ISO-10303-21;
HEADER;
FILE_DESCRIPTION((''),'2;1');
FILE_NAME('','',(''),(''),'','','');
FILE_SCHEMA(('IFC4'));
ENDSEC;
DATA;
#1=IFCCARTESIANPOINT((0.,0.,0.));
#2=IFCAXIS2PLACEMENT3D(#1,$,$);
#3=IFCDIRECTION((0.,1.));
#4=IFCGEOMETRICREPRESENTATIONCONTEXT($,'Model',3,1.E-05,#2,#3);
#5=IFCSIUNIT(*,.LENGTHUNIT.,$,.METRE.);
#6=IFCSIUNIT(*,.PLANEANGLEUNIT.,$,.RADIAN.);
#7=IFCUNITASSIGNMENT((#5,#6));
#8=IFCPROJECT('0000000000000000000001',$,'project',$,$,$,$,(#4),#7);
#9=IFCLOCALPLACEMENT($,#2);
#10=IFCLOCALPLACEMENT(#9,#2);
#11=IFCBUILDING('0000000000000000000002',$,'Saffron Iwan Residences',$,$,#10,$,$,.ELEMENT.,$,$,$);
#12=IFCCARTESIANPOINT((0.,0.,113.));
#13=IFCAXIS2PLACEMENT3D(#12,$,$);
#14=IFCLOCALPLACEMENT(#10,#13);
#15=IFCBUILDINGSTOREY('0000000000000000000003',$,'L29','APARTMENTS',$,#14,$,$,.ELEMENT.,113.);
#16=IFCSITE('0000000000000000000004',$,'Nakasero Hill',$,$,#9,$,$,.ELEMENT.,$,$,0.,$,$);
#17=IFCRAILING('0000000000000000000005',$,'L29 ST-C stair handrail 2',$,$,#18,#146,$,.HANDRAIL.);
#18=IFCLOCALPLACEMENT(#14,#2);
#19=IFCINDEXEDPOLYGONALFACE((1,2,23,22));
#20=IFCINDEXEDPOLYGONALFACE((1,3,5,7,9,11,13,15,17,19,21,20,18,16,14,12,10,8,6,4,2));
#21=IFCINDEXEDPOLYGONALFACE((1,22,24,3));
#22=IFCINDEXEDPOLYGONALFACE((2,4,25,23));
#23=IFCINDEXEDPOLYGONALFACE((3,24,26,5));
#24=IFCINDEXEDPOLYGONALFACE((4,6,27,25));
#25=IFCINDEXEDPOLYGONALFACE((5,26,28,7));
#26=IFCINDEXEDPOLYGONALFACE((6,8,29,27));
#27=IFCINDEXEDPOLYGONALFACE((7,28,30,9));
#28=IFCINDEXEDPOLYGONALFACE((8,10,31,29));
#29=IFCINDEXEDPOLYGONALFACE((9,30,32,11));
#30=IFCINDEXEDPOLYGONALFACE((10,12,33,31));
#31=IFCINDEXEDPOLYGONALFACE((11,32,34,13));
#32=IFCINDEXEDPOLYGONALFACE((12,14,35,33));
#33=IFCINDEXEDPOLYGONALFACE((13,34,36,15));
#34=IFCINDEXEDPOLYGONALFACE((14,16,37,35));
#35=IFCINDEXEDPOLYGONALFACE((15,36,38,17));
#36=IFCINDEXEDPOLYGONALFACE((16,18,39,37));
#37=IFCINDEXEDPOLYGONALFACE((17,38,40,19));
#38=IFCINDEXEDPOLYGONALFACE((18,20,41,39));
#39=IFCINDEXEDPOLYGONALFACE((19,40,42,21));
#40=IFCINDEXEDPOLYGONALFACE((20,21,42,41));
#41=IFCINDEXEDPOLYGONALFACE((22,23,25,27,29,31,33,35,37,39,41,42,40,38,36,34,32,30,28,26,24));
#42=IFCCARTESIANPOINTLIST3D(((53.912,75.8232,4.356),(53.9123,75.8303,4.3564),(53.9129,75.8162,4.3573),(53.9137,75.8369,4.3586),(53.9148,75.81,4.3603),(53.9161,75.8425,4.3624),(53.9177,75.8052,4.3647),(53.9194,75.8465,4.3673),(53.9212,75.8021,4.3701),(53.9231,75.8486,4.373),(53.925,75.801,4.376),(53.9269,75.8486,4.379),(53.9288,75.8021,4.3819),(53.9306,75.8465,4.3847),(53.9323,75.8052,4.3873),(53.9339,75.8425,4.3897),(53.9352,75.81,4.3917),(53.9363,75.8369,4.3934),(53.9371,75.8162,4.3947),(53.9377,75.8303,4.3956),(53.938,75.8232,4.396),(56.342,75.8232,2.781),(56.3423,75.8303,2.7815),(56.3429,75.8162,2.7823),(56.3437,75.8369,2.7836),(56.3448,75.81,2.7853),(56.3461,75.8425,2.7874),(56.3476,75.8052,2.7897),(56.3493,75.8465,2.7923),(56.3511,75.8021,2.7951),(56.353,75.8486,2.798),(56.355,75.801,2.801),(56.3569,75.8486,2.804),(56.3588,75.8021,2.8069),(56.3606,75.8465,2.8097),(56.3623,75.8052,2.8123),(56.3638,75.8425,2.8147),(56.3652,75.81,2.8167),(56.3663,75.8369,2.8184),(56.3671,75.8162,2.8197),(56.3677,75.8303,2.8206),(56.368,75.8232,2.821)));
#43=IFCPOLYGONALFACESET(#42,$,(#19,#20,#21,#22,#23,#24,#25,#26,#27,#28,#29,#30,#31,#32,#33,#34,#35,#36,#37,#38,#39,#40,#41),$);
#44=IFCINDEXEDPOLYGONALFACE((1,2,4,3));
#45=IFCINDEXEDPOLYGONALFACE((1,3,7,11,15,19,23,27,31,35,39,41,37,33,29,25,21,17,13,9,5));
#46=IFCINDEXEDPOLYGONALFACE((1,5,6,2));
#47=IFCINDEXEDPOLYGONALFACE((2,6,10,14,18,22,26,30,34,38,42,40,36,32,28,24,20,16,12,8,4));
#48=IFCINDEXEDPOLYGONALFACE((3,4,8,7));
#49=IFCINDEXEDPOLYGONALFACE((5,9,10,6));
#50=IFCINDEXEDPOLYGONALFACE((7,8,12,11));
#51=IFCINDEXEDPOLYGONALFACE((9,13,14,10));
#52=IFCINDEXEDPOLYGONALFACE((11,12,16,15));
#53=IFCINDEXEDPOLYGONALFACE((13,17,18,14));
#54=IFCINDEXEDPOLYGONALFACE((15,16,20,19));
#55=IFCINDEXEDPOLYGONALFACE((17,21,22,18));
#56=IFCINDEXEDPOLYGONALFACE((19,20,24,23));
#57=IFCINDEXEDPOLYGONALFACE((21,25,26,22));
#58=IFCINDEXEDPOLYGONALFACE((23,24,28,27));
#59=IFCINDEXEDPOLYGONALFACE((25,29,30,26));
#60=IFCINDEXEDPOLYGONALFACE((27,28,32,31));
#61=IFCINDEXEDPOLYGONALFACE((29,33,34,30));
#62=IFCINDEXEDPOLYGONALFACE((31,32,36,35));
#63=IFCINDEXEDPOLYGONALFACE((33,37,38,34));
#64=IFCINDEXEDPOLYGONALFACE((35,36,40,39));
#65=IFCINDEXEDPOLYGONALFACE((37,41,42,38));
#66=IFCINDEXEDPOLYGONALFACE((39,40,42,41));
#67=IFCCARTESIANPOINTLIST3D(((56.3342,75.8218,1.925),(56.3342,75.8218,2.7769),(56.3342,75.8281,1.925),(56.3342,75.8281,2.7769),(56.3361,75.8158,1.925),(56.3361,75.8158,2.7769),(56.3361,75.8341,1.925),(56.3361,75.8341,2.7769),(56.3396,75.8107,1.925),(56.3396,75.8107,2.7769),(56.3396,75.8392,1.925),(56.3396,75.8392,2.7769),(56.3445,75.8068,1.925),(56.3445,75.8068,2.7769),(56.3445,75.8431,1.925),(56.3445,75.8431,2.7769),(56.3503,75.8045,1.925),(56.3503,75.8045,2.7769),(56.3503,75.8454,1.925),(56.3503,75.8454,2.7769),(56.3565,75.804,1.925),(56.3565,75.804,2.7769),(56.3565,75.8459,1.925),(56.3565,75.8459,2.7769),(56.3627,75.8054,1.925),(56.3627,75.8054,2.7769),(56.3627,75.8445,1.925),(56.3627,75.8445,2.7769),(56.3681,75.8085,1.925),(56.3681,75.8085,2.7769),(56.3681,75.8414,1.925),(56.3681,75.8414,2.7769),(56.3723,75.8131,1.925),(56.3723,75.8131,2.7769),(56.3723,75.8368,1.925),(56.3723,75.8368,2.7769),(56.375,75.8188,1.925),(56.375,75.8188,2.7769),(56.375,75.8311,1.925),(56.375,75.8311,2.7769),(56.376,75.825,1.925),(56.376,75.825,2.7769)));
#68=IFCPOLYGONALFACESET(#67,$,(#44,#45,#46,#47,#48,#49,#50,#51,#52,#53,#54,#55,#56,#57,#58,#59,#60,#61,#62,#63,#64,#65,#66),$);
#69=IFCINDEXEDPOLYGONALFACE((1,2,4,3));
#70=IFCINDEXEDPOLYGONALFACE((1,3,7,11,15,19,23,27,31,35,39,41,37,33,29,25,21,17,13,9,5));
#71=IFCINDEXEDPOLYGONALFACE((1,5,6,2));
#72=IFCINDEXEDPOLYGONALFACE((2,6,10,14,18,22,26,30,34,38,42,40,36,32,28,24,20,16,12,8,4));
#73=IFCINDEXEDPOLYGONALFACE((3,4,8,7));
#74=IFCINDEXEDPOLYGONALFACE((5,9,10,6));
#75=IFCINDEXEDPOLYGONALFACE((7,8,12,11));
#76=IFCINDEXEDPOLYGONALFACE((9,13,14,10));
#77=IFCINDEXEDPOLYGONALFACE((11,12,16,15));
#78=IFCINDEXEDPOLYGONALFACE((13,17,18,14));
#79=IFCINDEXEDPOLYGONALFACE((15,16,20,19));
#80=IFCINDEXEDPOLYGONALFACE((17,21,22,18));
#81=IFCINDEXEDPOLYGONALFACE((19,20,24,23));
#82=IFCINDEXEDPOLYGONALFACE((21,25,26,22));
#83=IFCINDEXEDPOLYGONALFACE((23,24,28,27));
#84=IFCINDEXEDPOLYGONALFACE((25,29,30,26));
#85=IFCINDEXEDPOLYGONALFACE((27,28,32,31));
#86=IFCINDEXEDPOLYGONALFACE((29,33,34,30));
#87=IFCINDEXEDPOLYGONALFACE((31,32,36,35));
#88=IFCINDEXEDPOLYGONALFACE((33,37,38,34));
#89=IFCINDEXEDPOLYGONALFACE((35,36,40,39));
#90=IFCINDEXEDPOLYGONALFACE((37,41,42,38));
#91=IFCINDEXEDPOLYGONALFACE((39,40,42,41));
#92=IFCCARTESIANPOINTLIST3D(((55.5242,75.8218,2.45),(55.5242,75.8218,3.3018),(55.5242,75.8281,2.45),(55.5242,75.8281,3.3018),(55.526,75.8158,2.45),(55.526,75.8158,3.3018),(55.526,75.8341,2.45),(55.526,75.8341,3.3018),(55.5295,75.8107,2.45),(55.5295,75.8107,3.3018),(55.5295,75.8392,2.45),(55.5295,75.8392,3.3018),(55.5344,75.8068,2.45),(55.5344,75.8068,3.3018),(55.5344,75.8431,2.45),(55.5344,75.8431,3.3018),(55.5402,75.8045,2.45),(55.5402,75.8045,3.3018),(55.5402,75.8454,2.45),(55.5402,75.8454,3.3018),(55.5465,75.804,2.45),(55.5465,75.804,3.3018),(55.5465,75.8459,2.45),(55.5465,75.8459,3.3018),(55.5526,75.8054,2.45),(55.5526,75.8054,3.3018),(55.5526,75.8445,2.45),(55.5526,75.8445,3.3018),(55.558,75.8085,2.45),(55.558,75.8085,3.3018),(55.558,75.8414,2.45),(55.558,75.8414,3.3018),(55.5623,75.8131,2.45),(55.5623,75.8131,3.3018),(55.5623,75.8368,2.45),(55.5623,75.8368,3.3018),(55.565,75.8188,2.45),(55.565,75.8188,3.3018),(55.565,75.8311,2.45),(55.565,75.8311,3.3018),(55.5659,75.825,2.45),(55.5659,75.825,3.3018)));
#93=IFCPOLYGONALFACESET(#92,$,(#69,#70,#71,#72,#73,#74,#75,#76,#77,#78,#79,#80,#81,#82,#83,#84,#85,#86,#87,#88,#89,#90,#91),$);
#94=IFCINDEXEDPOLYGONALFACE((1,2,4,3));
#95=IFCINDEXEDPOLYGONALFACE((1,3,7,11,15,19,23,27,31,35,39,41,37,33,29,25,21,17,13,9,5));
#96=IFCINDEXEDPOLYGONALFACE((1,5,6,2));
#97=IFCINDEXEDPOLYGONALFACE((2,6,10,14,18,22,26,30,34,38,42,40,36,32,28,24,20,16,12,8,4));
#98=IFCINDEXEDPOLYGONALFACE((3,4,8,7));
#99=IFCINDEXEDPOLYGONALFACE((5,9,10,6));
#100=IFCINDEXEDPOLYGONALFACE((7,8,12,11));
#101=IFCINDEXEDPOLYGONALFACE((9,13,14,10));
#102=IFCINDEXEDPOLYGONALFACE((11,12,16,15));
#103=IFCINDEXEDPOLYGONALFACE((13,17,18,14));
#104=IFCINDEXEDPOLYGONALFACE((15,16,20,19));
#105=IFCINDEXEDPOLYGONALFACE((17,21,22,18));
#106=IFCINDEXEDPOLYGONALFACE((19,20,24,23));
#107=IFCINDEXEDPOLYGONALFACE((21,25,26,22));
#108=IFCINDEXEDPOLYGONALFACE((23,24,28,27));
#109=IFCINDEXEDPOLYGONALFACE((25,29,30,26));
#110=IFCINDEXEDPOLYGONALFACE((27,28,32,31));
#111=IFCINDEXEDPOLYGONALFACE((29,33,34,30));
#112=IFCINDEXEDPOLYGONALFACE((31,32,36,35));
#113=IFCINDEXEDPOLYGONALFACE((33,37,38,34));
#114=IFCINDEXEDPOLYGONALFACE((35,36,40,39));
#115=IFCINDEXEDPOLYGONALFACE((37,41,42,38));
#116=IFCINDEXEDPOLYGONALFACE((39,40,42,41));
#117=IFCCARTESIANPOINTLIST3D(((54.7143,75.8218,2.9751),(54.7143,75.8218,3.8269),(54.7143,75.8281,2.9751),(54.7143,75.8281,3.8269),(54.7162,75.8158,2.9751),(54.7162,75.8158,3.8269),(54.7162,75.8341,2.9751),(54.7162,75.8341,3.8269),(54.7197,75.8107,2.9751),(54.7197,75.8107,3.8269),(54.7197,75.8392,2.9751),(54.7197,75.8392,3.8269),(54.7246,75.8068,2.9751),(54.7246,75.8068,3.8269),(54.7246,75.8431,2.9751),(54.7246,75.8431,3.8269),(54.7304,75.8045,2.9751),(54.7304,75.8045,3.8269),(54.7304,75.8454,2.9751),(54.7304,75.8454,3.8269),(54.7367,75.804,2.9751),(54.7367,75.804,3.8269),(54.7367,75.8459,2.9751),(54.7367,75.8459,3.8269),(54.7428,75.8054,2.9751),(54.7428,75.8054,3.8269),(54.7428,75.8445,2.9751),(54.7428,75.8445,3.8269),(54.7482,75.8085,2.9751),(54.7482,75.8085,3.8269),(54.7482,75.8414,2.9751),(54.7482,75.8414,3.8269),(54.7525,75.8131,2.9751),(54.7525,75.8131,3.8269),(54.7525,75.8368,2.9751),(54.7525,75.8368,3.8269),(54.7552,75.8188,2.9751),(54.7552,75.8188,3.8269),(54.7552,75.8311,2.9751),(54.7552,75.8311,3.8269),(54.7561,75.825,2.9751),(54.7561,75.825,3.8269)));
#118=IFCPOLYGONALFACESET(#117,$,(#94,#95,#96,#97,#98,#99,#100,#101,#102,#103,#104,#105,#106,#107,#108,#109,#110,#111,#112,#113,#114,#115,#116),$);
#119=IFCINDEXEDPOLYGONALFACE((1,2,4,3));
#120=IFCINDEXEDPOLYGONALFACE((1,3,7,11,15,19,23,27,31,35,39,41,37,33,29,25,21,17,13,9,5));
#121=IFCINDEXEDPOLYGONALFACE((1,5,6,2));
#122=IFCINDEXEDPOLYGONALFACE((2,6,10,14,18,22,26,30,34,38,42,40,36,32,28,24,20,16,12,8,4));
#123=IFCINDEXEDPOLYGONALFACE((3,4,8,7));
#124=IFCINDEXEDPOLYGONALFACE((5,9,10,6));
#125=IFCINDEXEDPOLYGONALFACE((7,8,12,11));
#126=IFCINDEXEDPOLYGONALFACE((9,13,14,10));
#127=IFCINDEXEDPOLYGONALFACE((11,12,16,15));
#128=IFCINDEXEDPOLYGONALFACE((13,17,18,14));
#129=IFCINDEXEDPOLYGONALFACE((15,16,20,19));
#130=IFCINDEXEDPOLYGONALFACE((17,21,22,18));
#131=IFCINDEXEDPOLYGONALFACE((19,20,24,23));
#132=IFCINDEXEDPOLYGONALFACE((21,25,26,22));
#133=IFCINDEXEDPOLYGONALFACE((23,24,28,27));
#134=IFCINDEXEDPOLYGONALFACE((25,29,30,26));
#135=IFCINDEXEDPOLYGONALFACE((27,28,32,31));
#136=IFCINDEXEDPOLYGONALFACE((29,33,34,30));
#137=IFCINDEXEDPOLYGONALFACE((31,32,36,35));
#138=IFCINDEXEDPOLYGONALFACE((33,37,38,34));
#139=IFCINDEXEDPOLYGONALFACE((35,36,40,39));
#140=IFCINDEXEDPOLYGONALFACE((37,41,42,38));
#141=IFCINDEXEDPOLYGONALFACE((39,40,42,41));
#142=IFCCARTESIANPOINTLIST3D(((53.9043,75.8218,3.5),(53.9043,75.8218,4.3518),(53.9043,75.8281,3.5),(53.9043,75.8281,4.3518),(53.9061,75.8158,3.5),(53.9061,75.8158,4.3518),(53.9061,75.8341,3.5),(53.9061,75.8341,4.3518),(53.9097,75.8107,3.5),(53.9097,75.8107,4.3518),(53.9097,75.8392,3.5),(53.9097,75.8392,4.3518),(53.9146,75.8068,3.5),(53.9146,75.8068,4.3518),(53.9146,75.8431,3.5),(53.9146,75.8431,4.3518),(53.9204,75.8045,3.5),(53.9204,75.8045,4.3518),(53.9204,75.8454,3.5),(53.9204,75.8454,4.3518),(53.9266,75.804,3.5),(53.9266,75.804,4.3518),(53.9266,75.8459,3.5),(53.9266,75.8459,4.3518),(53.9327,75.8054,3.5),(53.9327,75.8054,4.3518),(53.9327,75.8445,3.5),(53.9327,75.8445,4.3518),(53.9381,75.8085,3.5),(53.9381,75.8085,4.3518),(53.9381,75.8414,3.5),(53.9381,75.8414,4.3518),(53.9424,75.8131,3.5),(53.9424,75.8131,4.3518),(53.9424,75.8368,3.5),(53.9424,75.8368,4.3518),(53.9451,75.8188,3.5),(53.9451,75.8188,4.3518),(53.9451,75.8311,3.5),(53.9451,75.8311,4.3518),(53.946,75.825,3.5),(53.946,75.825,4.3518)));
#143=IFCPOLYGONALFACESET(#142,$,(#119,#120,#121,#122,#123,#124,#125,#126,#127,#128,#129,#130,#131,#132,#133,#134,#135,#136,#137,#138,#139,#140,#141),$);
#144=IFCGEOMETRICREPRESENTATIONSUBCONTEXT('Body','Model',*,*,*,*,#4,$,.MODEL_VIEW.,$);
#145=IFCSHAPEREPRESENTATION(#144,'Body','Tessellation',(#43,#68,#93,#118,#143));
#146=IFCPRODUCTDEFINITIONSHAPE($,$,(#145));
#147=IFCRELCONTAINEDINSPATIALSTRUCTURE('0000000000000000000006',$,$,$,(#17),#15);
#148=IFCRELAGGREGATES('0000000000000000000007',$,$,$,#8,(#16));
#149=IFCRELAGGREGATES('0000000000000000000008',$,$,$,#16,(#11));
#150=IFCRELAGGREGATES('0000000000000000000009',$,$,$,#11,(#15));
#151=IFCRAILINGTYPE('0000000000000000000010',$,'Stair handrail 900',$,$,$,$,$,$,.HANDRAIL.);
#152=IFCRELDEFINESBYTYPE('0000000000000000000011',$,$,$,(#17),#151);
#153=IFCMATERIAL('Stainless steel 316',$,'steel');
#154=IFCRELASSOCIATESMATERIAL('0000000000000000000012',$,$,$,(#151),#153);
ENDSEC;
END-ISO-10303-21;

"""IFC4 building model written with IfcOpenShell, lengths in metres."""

from ifc_helpers import new_model, si_unit, direction, frame, origin, origin_2d, place, context, subcontext, project, spatial, circle, extrude, material, type_object, element, save


model = new_model("IFC4")

# Units and contexts
model_context = context("Model", 3, precision=1e-05, world=origin(), true_north=direction((0.0, 1.0)))
body_context = subcontext(model_context, "Body", "Model", "MODEL_VIEW")
ifc_project = project(units=[si_unit("LENGTHUNIT", "METRE"), si_unit("PLANEANGLEUNIT", "RADIAN")], contexts=[model_context])

# Site, building, storey
site_placement = place(None, origin())
site = spatial("IfcSite", under=ifc_project, at=site_placement, Name="Nakasero Hill", CompositionType="ELEMENT", RefElevation=0.0)
building_placement = place(site_placement, origin())
building = spatial("IfcBuilding", under=site, at=building_placement, Name="Saffron Iwan Residences", CompositionType="ELEMENT")
storey_placement = place(building_placement, frame((0.0, 0.0, 113.0)))
storey = spatial("IfcBuildingStorey", under=building, at=storey_placement, Name="L29", Description="APARTMENTS", CompositionType="ELEMENT", Elevation=113.0)

# Railing
ifc_material_1 = material(Name="Stainless steel 316", Category="steel")
railing_type_1 = type_object("IfcRailingType", Name="Stair handrail 900", PredefinedType="HANDRAIL", material=ifc_material_1)
railing_1_placement = place(storey_placement, frame((56.355, 75.825, 1.925)))
element("IfcRailing", 1, at=railing_1_placement, inside=storey, type_object=railing_type_1, Name="L29 ST-C stair handrail 2", PredefinedType="HANDRAIL", context=body_context, shape_type="SweptSolid", body=[
    extrude(circle(Radius=0.0239, at=origin_2d()), frame((0.0, 0.0, 0.876), z_axis=(-0.839154, 0.0, 0.543894), x_axis=(0.0, -1.0, 0.0)), (0.0, 0.0, 1.0), 2.8958),
    extrude(circle(Radius=0.021, at=origin_2d()), origin(), (0.0, 0.0, 1.0), 0.8518),
    extrude(circle(Radius=0.021, at=origin_2d()), frame((-0.8101, 0.0, 0.5249)), (0.0, 0.0, 1.0), 0.8518),
    extrude(circle(Radius=0.021, at=origin_2d()), frame((-1.6199, 0.0, 1.05)), (0.0, 0.0, 1.0), 0.8518),
    extrude(circle(Radius=0.021, at=origin_2d()), frame((-2.4299, 0.0, 1.575)), (0.0, 0.0, 1.0), 0.8518),
])

save(model, "model.ifc")
